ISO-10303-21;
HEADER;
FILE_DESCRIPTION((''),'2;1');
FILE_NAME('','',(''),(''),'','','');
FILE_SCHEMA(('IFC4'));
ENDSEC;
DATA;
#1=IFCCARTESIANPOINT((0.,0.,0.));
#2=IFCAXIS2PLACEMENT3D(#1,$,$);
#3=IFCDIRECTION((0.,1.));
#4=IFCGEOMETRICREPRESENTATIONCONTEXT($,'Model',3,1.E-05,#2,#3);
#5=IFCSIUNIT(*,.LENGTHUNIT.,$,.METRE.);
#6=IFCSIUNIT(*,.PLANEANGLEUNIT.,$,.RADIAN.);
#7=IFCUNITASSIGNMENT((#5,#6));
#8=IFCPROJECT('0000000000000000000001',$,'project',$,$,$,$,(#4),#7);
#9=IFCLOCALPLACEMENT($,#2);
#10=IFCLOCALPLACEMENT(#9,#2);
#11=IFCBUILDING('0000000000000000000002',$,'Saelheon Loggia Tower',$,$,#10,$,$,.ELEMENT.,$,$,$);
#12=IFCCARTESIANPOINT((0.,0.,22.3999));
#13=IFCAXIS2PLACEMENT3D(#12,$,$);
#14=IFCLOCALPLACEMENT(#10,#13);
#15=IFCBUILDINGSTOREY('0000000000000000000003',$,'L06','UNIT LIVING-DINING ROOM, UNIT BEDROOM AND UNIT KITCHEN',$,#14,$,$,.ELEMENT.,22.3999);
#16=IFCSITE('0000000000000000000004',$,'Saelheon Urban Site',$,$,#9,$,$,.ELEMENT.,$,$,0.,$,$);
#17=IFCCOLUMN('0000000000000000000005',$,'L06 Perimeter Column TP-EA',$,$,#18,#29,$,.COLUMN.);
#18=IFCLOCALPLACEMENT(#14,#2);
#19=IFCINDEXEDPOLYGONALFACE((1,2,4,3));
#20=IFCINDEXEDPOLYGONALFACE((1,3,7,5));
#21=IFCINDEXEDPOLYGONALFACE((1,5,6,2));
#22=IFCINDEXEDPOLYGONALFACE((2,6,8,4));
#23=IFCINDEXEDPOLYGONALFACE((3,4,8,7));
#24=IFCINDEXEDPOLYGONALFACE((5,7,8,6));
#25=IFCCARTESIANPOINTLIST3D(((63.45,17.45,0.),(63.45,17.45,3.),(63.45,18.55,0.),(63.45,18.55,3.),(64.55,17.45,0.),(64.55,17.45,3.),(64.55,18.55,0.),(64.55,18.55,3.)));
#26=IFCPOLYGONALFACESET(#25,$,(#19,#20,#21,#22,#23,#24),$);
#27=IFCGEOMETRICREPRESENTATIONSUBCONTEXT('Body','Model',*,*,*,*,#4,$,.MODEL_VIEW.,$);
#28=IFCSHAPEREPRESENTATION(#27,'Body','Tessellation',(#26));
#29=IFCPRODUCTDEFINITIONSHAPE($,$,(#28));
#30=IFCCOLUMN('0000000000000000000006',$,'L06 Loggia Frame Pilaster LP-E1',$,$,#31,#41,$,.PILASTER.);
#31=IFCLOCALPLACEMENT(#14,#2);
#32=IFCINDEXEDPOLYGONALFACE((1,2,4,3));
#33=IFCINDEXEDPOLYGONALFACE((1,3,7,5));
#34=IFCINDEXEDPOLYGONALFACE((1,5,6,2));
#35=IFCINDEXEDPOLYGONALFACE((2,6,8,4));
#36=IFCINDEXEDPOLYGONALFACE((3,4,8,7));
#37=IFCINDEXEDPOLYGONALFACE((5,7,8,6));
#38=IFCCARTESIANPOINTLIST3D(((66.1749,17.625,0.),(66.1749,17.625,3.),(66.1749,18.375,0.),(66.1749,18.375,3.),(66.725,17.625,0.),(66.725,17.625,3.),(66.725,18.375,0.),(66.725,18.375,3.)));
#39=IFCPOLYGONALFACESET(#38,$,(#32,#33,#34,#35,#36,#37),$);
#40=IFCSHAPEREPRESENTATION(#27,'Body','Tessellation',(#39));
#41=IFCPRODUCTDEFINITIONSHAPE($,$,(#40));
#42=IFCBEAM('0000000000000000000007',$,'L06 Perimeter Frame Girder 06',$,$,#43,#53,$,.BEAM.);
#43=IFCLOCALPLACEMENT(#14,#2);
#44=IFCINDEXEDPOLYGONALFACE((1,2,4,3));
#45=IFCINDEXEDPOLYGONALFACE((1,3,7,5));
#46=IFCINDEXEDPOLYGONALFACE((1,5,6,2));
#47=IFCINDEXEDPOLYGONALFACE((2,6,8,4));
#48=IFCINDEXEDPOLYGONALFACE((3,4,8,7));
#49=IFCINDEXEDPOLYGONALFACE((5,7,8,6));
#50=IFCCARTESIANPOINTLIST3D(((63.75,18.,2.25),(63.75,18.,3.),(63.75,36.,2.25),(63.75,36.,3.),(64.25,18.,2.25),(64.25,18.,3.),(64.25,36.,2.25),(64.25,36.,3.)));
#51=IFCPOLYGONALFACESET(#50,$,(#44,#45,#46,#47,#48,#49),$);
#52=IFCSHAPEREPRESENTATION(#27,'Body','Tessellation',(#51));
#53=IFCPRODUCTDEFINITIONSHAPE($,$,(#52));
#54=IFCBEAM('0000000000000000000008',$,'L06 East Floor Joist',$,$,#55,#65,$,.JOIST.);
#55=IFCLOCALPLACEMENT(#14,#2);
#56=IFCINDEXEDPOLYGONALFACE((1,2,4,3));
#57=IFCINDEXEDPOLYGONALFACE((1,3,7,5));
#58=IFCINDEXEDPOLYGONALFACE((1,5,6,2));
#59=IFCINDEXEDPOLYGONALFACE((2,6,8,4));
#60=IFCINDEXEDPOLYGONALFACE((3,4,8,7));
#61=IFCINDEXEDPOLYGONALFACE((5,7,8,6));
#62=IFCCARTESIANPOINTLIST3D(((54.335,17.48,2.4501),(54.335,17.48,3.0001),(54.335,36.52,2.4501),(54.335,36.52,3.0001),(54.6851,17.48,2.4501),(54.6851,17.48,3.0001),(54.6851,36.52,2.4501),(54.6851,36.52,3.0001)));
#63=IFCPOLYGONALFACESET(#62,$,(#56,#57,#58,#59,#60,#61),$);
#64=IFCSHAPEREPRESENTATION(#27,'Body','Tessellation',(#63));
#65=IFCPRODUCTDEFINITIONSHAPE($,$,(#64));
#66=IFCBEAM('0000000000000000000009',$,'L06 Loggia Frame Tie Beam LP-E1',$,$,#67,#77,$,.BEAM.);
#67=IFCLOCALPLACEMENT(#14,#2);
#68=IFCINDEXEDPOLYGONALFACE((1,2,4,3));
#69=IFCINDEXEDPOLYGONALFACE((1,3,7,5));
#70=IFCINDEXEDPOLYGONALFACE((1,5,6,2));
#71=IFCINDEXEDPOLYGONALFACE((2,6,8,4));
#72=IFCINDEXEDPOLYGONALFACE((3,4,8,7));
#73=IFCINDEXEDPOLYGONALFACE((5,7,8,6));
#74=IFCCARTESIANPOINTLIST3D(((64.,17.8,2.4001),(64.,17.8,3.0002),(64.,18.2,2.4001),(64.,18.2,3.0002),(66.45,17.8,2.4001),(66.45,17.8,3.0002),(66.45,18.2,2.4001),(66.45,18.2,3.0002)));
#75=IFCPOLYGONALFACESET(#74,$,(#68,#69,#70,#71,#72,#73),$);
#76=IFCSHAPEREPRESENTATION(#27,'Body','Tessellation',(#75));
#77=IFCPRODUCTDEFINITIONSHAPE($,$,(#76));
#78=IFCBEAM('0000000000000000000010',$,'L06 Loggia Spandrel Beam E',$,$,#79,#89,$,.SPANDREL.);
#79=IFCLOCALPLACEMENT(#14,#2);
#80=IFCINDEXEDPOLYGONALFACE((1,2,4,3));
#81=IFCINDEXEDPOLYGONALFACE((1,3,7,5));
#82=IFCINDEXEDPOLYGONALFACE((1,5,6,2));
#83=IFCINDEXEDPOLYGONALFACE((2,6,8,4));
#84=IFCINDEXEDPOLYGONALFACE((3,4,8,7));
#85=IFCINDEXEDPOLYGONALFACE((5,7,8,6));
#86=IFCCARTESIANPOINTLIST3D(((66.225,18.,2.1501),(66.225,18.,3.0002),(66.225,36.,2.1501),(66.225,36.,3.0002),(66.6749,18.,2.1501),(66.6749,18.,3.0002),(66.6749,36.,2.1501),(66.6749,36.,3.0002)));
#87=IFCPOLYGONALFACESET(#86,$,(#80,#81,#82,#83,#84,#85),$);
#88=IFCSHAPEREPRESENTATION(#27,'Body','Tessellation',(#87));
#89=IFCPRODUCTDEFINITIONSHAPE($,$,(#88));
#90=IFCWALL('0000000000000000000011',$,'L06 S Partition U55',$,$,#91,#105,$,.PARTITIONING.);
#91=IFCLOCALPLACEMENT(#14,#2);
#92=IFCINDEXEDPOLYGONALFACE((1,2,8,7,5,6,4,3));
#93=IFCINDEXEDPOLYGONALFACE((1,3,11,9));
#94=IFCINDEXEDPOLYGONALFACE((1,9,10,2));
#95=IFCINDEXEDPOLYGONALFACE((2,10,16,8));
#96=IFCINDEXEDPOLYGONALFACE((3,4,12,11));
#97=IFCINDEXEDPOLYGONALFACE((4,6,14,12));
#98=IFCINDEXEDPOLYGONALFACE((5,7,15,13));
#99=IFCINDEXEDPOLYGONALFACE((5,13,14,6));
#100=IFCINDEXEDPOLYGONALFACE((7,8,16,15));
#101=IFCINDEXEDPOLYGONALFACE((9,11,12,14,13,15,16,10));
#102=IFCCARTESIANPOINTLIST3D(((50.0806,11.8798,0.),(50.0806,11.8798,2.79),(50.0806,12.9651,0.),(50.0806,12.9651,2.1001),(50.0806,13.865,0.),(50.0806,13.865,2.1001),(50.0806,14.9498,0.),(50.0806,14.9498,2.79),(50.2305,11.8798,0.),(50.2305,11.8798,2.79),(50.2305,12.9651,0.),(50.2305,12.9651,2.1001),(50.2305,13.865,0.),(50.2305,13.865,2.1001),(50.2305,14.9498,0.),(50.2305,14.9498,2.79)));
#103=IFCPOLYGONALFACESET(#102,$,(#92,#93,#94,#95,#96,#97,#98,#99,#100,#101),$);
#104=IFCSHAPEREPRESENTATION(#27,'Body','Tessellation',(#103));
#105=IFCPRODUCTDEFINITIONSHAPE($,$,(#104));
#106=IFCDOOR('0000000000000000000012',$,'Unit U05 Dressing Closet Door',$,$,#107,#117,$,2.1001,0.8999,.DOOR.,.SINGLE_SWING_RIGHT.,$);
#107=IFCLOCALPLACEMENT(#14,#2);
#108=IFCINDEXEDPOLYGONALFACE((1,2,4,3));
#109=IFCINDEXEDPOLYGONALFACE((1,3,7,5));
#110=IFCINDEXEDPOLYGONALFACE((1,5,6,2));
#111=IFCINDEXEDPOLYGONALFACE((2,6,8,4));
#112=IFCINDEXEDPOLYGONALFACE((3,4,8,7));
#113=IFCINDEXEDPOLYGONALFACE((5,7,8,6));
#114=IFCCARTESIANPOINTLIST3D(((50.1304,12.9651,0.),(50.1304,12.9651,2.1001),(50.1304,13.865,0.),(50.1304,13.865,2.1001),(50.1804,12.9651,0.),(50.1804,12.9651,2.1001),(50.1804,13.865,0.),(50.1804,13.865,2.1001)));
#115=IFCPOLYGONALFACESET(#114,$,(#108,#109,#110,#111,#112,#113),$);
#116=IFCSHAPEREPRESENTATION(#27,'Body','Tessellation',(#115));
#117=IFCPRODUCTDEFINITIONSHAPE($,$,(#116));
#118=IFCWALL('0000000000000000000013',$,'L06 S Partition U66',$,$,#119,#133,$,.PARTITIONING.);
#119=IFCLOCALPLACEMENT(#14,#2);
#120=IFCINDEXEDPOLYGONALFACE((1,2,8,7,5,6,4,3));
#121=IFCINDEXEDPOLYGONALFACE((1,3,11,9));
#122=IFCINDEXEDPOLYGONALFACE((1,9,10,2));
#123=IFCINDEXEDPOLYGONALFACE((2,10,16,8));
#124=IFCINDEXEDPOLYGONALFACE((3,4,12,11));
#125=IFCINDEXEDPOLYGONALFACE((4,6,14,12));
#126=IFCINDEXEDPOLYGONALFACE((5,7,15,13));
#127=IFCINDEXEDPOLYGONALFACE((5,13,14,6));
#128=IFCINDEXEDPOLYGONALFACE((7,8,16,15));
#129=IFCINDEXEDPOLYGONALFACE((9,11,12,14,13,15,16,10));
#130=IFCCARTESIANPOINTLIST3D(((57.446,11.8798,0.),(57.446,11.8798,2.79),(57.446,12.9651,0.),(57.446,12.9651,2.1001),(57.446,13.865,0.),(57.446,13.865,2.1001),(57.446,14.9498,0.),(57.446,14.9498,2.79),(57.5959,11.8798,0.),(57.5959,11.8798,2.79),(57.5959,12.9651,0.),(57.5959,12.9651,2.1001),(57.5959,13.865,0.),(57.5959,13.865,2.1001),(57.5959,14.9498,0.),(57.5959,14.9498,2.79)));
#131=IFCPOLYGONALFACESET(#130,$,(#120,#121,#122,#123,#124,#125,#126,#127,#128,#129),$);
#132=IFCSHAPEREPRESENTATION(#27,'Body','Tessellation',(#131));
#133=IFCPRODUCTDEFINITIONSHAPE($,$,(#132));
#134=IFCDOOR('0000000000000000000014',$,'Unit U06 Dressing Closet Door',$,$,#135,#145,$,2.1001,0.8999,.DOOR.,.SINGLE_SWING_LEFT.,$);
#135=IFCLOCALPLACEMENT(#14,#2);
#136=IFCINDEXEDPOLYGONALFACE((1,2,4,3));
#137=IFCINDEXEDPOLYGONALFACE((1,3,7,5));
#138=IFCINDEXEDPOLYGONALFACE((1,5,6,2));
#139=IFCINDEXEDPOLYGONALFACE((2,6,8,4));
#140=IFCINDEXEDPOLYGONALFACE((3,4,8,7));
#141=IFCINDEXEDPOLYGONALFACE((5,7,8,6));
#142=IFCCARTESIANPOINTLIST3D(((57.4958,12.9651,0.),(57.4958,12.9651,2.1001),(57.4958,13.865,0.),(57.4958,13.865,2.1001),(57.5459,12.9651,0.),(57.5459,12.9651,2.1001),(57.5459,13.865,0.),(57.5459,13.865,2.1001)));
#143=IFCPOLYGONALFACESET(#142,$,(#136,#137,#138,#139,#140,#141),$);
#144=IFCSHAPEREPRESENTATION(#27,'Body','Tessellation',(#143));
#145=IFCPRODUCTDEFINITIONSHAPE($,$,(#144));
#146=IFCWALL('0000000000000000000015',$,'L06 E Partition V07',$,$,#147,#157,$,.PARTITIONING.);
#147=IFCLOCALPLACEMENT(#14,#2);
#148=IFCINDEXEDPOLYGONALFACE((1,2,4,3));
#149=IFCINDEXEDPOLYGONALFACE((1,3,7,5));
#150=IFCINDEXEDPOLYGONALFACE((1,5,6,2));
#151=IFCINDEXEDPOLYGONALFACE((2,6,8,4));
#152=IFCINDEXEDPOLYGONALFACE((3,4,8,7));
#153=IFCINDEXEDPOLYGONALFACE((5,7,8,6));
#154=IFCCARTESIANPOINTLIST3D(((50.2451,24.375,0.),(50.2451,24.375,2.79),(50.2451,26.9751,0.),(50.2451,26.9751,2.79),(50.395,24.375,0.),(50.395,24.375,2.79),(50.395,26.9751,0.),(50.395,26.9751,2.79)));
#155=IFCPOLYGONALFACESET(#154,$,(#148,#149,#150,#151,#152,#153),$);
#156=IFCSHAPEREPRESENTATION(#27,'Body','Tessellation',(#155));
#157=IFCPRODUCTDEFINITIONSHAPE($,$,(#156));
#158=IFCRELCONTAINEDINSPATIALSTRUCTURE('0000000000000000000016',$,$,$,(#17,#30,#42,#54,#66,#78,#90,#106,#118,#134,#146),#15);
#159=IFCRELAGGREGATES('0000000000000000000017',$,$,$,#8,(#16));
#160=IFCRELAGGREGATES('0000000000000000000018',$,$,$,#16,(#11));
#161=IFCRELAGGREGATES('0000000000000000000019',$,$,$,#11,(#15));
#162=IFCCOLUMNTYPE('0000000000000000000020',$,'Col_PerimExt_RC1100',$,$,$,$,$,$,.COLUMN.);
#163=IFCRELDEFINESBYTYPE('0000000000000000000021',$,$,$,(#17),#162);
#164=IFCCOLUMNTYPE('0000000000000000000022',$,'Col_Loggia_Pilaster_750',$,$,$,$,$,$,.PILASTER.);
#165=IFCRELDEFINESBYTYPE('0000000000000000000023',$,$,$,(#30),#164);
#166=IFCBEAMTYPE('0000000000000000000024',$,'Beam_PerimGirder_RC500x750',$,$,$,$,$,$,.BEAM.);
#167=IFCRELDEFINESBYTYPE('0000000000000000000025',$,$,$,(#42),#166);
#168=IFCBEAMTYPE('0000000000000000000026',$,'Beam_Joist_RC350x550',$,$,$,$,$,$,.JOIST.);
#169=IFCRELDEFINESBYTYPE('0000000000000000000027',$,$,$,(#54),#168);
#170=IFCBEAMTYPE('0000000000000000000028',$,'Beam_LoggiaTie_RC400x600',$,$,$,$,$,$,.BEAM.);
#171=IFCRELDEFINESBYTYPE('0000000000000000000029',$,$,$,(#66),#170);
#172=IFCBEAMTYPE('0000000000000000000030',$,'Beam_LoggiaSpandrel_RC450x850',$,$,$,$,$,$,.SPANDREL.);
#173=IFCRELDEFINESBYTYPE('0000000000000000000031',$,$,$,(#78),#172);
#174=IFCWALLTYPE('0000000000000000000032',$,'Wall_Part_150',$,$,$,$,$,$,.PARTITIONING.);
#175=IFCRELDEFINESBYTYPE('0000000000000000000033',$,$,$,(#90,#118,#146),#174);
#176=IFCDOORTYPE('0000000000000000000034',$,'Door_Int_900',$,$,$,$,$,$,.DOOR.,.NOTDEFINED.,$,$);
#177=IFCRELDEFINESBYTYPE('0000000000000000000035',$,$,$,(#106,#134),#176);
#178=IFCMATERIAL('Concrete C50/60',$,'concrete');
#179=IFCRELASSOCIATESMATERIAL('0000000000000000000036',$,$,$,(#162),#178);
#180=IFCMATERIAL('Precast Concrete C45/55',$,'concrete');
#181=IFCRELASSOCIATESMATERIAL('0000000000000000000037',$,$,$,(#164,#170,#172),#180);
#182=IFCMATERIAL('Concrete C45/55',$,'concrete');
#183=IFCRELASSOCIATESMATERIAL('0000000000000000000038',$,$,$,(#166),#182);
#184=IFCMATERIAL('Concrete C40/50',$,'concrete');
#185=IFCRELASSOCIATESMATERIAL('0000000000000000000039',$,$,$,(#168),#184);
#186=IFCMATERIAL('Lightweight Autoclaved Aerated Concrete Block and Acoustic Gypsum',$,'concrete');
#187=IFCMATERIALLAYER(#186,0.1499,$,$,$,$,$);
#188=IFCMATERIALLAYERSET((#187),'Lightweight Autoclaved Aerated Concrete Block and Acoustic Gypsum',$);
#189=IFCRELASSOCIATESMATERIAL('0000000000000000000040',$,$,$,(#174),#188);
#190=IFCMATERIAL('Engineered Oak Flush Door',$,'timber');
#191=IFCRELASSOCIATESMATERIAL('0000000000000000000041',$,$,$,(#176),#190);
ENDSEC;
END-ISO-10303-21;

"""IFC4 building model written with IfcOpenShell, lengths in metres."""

from ifc_helpers import new_model, si_unit, direction, frame, frame_2d, origin, origin_2d, place, context, subcontext, project, spatial, rectangle, extrude, source, transform, mapped, material, layer, layer_set, material_profile, profile_set, type_object, element, fill, save


model = new_model("IFC4")

# Units and contexts
model_context = context("Model", 3, precision=1e-05, world=origin(), true_north=direction((0.0, 1.0)))
body_context = subcontext(model_context, "Body", "Model", "MODEL_VIEW")
ifc_project = project(units=[si_unit("LENGTHUNIT", "METRE"), si_unit("PLANEANGLEUNIT", "RADIAN")], contexts=[model_context])

# Site, building, storey
site_placement = place(None, origin())
site = spatial("IfcSite", under=ifc_project, at=site_placement, Name="Saelheon Urban Site", CompositionType="ELEMENT", RefElevation=0.0)
building_placement = place(site_placement, origin())
building = spatial("IfcBuilding", under=site, at=building_placement, Name="Saelheon Loggia Tower", CompositionType="ELEMENT")
storey_placement = place(building_placement, frame((0.0, 0.0, 22.3999)))
storey = spatial("IfcBuildingStorey", under=building, at=storey_placement, Name="L06", Description="UNIT LIVING-DINING ROOM, UNIT BEDROOM AND UNIT KITCHEN", CompositionType="ELEMENT", Elevation=22.3999)

# Columns
ifc_material_1 = material(Name="Concrete C50/60", Category="concrete")
ifc_material_profile_1 = material_profile(ifc_material_1, rectangle(XDim=1.1001, YDim=1.1001, at=origin_2d()), Name="RC-1100x1100")
ifc_profile_set_1 = profile_set([ifc_material_profile_1], Name="Concrete C50/60")
column_type_1 = type_object("IfcColumnType", Name="Col_PerimExt_RC1100", PredefinedType="COLUMN", material=ifc_profile_set_1)
shared_shape_1 = source(origin(), body_context, "Body", "SweptSolid", [
    extrude(rectangle(XDim=1.1001, YDim=1.1001, at=origin_2d()), origin(), (0.0, 0.0, 1.0), 3.0),
])
column_1_placement = place(storey_placement, frame((64.0, 18.0, 0.0), z_axis=(0.0, 0.0, 1.0), x_axis=(1.0, 0.0, 0.0)))
element("IfcColumn", 1, at=column_1_placement, inside=storey, type_object=column_type_1, Name="L06 Perimeter Column TP-EA", PredefinedType="COLUMN", context=body_context, shape_type="MappedRepresentation", body=[
    mapped(shared_shape_1, transform((0.0, 0.0, 0.0), scale=1.0)),
])
ifc_material_2 = material(Name="Precast Concrete C45/55", Category="concrete")
ifc_material_profile_2 = material_profile(ifc_material_2, rectangle(XDim=0.55, YDim=0.75, at=origin_2d()), Name="RC-550x750")
ifc_profile_set_2 = profile_set([ifc_material_profile_2], Name="Precast Concrete C45/55")
column_type_2 = type_object("IfcColumnType", Name="Col_Loggia_Pilaster_750", PredefinedType="PILASTER", material=ifc_profile_set_2)
shared_shape_2 = source(origin(), body_context, "Body", "SweptSolid", [
    extrude(rectangle(XDim=0.55, YDim=0.75, at=origin_2d()), origin(), (0.0, 0.0, 1.0), 3.0),
])
column_2_placement = place(storey_placement, frame((66.45, 18.0, 0.0), z_axis=(0.0, 0.0, 1.0), x_axis=(1.0, 0.0, 0.0)))
element("IfcColumn", 2, at=column_2_placement, inside=storey, type_object=column_type_2, Name="L06 Loggia Frame Pilaster LP-E1", PredefinedType="PILASTER", context=body_context, shape_type="MappedRepresentation", body=[
    mapped(shared_shape_2, transform((0.0, 0.0, 0.0), scale=1.0)),
])

# Beams
ifc_material_3 = material(Name="Concrete C45/55", Category="concrete")
ifc_material_profile_3 = material_profile(ifc_material_3, rectangle(XDim=0.5, YDim=0.75, at=origin_2d()), Name="RC-500x750")
ifc_profile_set_3 = profile_set([ifc_material_profile_3], Name="Concrete C45/55")
beam_type_1 = type_object("IfcBeamType", Name="Beam_PerimGirder_RC500x750", PredefinedType="BEAM", material=ifc_profile_set_3)
shared_shape_3 = source(origin(), body_context, "Body", "SweptSolid", [
    extrude(rectangle(XDim=0.5, YDim=0.75, at=origin_2d()), origin(), (0.0, 0.0, 1.0), 18.0),
])
beam_1_placement = place(storey_placement, frame((64.0, 18.0, 2.625), z_axis=(0.0, 1.0, 0.0), x_axis=(-1.0, 0.0, 0.0)))
element("IfcBeam", 3, at=beam_1_placement, inside=storey, type_object=beam_type_1, Name="L06 Perimeter Frame Girder 06", PredefinedType="BEAM", context=body_context, shape_type="MappedRepresentation", body=[
    mapped(shared_shape_3, transform((0.0, 0.0, 0.0), scale=1.0)),
])
ifc_material_4 = material(Name="Concrete C40/50", Category="concrete")
ifc_material_profile_4 = material_profile(ifc_material_4, rectangle(XDim=0.3501, YDim=0.55, at=origin_2d()), Name="RC-350x550")
ifc_profile_set_4 = profile_set([ifc_material_profile_4], Name="Concrete C40/50")
beam_type_2 = type_object("IfcBeamType", Name="Beam_Joist_RC350x550", PredefinedType="JOIST", material=ifc_profile_set_4)
shared_shape_4 = source(origin(), body_context, "Body", "SweptSolid", [
    extrude(rectangle(XDim=0.3501, YDim=0.55, at=origin_2d()), origin(), (0.0, 0.0, 1.0), 19.04),
])
beam_2_placement = place(storey_placement, frame((54.51, 17.48, 2.7251), z_axis=(0.0, 1.0, 0.0), x_axis=(-1.0, 0.0, 0.0)))
element("IfcBeam", 4, at=beam_2_placement, inside=storey, type_object=beam_type_2, Name="L06 East Floor Joist", PredefinedType="JOIST", context=body_context, shape_type="MappedRepresentation", body=[
    mapped(shared_shape_4, transform((0.0, 0.0, 0.0), scale=1.0)),
])
ifc_material_profile_5 = material_profile(ifc_material_2, rectangle(XDim=0.3999, YDim=0.6001, at=origin_2d()), Name="RC-400x600")
ifc_profile_set_5 = profile_set([ifc_material_profile_5], Name="Precast Concrete C45/55")
beam_type_3 = type_object("IfcBeamType", Name="Beam_LoggiaTie_RC400x600", PredefinedType="BEAM", material=ifc_profile_set_5)
shared_shape_5 = source(origin(), body_context, "Body", "SweptSolid", [
    extrude(rectangle(XDim=0.3999, YDim=0.6001, at=origin_2d()), origin(), (0.0, 0.0, 1.0), 2.45),
])
beam_3_placement = place(storey_placement, frame((64.0, 18.0, 2.7002), z_axis=(1.0, 0.0, 0.0), x_axis=(0.0, 1.0, 0.0)))
element("IfcBeam", 5, at=beam_3_placement, inside=storey, type_object=beam_type_3, Name="L06 Loggia Frame Tie Beam LP-E1", PredefinedType="BEAM", context=body_context, shape_type="MappedRepresentation", body=[
    mapped(shared_shape_5, transform((0.0, 0.0, 0.0), scale=1.0)),
])
ifc_material_profile_6 = material_profile(ifc_material_2, rectangle(XDim=0.45, YDim=0.8501, at=origin_2d()), Name="RC-450x850")
ifc_profile_set_6 = profile_set([ifc_material_profile_6], Name="Precast Concrete C45/55")
beam_type_4 = type_object("IfcBeamType", Name="Beam_LoggiaSpandrel_RC450x850", PredefinedType="SPANDREL", material=ifc_profile_set_6)
shared_shape_6 = source(origin(), body_context, "Body", "SweptSolid", [
    extrude(rectangle(XDim=0.45, YDim=0.8501, at=origin_2d()), origin(), (0.0, 0.0, 1.0), 18.0),
])
beam_4_placement = place(storey_placement, frame((66.45, 18.0, 2.5752), z_axis=(0.0, 1.0, 0.0), x_axis=(-1.0, 0.0, 0.0)))
element("IfcBeam", 6, at=beam_4_placement, inside=storey, type_object=beam_type_4, Name="L06 Loggia Spandrel Beam E", PredefinedType="SPANDREL", context=body_context, shape_type="MappedRepresentation", body=[
    mapped(shared_shape_6, transform((0.0, 0.0, 0.0), scale=1.0)),
])

# Walls, openings, doors
ifc_material_5 = material(Name="Lightweight Autoclaved Aerated Concrete Block and Acoustic Gypsum", Category="concrete")
ifc_layer_1 = layer(ifc_material_5, 0.1499)
ifc_layer_set_1 = layer_set([ifc_layer_1], Name="Lightweight Autoclaved Aerated Concrete Block and Acoustic Gypsum")
wall_type_1 = type_object("IfcWallType", Name="Wall_Part_150", PredefinedType="PARTITIONING", material=ifc_layer_set_1)
wall_1_placement = place(storey_placement, frame((50.1555, 14.95, 0.0), z_axis=(0.0, 0.0, 1.0), x_axis=(0.0, -1.0, 0.0)))
wall_1 = element("IfcWall", 7, at=wall_1_placement, inside=storey, type_object=wall_type_1, Name="L06 S Partition U55", PredefinedType="PARTITIONING", context=body_context, shape_type="SweptSolid", body=[
    extrude(rectangle(XDim=3.0701, YDim=0.1499, at=frame_2d((1.5352, 0.0))), origin(), (0.0, 0.0, 1.0), 2.79),
])
opening_1_placement = place(wall_1_placement, frame((1.085, 0.0, 0.0)))
opening_1 = element("IfcOpeningElement", 8, at=opening_1_placement, cuts=wall_1, PredefinedType="OPENING", context=body_context, shape_type="SweptSolid", body=[
    extrude(rectangle(XDim=0.8999, YDim=2.1001, at=frame_2d((0.45, 1.05))), frame((0.0, 0.0869, 0.0), z_axis=(0.0, -1.0, 0.0), x_axis=(1.0, 0.0, 0.0)), (0.0, 0.0, 1.0), 0.1738),
])
ifc_material_6 = material(Name="Engineered Oak Flush Door", Category="timber")
door_type_1 = type_object("IfcDoorType", Name="Door_Int_900", OperationType="NOTDEFINED", PredefinedType="DOOR", material=ifc_material_6)
shared_shape_7 = source(origin(), body_context, "Body", "SweptSolid", [
    extrude(rectangle(XDim=0.8999, YDim=2.1001, at=frame_2d((0.45, 1.05))), frame((0.0, 0.0249, 0.0), z_axis=(0.0, -1.0, 0.0), x_axis=(1.0, 0.0, 0.0)), (0.0, 0.0, 1.0), 0.05),
])
door_1_placement = place(opening_1_placement, origin())
door_1 = element("IfcDoor", 9, at=door_1_placement, inside=storey, type_object=door_type_1, Name="Unit U05 Dressing Closet Door", OperationType="SINGLE_SWING_RIGHT", OverallHeight=2.1001, OverallWidth=0.8999, PredefinedType="DOOR", context=body_context, shape_type="MappedRepresentation", body=[
    mapped(shared_shape_7, transform((0.0, 0.0, 0.0), scale=1.0)),
])
fill(opening_1, door_1)
wall_2_placement = place(storey_placement, frame((57.521, 14.95, 0.0), z_axis=(0.0, 0.0, 1.0), x_axis=(0.0, -1.0, 0.0)))
wall_2 = element("IfcWall", 10, at=wall_2_placement, inside=storey, type_object=wall_type_1, Name="L06 S Partition U66", PredefinedType="PARTITIONING", context=body_context, shape_type="SweptSolid", body=[
    extrude(rectangle(XDim=3.0701, YDim=0.1499, at=frame_2d((1.5352, 0.0))), origin(), (0.0, 0.0, 1.0), 2.79),
])
opening_2_placement = place(wall_2_placement, frame((1.085, 0.0, 0.0)))
opening_2 = element("IfcOpeningElement", 11, at=opening_2_placement, cuts=wall_2, PredefinedType="OPENING", context=body_context, shape_type="SweptSolid", body=[
    extrude(rectangle(XDim=0.8999, YDim=2.1001, at=frame_2d((0.45, 1.05))), frame((0.0, 0.0869, 0.0), z_axis=(0.0, -1.0, 0.0), x_axis=(1.0, 0.0, 0.0)), (0.0, 0.0, 1.0), 0.1738),
])
door_2_placement = place(opening_2_placement, origin())
door_2 = element("IfcDoor", 12, at=door_2_placement, inside=storey, type_object=door_type_1, Name="Unit U06 Dressing Closet Door", OperationType="SINGLE_SWING_LEFT", OverallHeight=2.1001, OverallWidth=0.8999, PredefinedType="DOOR", context=body_context, shape_type="MappedRepresentation", body=[
    mapped(shared_shape_7, transform((0.0, 0.0, 0.0), scale=1.0)),
])
fill(opening_2, door_2)

# Wall
wall_3_placement = place(storey_placement, frame((50.3201, 24.375, 0.0), z_axis=(0.0, 0.0, 1.0), x_axis=(0.0, 1.0, 0.0)))
element("IfcWall", 13, at=wall_3_placement, inside=storey, type_object=wall_type_1, Name="L06 E Partition V07", PredefinedType="PARTITIONING", context=body_context, shape_type="SweptSolid", body=[
    extrude(rectangle(XDim=2.6001, YDim=0.1499, at=frame_2d((1.3, 0.0))), origin(), (0.0, 0.0, 1.0), 2.79),
])

save(model, "model.ifc")
